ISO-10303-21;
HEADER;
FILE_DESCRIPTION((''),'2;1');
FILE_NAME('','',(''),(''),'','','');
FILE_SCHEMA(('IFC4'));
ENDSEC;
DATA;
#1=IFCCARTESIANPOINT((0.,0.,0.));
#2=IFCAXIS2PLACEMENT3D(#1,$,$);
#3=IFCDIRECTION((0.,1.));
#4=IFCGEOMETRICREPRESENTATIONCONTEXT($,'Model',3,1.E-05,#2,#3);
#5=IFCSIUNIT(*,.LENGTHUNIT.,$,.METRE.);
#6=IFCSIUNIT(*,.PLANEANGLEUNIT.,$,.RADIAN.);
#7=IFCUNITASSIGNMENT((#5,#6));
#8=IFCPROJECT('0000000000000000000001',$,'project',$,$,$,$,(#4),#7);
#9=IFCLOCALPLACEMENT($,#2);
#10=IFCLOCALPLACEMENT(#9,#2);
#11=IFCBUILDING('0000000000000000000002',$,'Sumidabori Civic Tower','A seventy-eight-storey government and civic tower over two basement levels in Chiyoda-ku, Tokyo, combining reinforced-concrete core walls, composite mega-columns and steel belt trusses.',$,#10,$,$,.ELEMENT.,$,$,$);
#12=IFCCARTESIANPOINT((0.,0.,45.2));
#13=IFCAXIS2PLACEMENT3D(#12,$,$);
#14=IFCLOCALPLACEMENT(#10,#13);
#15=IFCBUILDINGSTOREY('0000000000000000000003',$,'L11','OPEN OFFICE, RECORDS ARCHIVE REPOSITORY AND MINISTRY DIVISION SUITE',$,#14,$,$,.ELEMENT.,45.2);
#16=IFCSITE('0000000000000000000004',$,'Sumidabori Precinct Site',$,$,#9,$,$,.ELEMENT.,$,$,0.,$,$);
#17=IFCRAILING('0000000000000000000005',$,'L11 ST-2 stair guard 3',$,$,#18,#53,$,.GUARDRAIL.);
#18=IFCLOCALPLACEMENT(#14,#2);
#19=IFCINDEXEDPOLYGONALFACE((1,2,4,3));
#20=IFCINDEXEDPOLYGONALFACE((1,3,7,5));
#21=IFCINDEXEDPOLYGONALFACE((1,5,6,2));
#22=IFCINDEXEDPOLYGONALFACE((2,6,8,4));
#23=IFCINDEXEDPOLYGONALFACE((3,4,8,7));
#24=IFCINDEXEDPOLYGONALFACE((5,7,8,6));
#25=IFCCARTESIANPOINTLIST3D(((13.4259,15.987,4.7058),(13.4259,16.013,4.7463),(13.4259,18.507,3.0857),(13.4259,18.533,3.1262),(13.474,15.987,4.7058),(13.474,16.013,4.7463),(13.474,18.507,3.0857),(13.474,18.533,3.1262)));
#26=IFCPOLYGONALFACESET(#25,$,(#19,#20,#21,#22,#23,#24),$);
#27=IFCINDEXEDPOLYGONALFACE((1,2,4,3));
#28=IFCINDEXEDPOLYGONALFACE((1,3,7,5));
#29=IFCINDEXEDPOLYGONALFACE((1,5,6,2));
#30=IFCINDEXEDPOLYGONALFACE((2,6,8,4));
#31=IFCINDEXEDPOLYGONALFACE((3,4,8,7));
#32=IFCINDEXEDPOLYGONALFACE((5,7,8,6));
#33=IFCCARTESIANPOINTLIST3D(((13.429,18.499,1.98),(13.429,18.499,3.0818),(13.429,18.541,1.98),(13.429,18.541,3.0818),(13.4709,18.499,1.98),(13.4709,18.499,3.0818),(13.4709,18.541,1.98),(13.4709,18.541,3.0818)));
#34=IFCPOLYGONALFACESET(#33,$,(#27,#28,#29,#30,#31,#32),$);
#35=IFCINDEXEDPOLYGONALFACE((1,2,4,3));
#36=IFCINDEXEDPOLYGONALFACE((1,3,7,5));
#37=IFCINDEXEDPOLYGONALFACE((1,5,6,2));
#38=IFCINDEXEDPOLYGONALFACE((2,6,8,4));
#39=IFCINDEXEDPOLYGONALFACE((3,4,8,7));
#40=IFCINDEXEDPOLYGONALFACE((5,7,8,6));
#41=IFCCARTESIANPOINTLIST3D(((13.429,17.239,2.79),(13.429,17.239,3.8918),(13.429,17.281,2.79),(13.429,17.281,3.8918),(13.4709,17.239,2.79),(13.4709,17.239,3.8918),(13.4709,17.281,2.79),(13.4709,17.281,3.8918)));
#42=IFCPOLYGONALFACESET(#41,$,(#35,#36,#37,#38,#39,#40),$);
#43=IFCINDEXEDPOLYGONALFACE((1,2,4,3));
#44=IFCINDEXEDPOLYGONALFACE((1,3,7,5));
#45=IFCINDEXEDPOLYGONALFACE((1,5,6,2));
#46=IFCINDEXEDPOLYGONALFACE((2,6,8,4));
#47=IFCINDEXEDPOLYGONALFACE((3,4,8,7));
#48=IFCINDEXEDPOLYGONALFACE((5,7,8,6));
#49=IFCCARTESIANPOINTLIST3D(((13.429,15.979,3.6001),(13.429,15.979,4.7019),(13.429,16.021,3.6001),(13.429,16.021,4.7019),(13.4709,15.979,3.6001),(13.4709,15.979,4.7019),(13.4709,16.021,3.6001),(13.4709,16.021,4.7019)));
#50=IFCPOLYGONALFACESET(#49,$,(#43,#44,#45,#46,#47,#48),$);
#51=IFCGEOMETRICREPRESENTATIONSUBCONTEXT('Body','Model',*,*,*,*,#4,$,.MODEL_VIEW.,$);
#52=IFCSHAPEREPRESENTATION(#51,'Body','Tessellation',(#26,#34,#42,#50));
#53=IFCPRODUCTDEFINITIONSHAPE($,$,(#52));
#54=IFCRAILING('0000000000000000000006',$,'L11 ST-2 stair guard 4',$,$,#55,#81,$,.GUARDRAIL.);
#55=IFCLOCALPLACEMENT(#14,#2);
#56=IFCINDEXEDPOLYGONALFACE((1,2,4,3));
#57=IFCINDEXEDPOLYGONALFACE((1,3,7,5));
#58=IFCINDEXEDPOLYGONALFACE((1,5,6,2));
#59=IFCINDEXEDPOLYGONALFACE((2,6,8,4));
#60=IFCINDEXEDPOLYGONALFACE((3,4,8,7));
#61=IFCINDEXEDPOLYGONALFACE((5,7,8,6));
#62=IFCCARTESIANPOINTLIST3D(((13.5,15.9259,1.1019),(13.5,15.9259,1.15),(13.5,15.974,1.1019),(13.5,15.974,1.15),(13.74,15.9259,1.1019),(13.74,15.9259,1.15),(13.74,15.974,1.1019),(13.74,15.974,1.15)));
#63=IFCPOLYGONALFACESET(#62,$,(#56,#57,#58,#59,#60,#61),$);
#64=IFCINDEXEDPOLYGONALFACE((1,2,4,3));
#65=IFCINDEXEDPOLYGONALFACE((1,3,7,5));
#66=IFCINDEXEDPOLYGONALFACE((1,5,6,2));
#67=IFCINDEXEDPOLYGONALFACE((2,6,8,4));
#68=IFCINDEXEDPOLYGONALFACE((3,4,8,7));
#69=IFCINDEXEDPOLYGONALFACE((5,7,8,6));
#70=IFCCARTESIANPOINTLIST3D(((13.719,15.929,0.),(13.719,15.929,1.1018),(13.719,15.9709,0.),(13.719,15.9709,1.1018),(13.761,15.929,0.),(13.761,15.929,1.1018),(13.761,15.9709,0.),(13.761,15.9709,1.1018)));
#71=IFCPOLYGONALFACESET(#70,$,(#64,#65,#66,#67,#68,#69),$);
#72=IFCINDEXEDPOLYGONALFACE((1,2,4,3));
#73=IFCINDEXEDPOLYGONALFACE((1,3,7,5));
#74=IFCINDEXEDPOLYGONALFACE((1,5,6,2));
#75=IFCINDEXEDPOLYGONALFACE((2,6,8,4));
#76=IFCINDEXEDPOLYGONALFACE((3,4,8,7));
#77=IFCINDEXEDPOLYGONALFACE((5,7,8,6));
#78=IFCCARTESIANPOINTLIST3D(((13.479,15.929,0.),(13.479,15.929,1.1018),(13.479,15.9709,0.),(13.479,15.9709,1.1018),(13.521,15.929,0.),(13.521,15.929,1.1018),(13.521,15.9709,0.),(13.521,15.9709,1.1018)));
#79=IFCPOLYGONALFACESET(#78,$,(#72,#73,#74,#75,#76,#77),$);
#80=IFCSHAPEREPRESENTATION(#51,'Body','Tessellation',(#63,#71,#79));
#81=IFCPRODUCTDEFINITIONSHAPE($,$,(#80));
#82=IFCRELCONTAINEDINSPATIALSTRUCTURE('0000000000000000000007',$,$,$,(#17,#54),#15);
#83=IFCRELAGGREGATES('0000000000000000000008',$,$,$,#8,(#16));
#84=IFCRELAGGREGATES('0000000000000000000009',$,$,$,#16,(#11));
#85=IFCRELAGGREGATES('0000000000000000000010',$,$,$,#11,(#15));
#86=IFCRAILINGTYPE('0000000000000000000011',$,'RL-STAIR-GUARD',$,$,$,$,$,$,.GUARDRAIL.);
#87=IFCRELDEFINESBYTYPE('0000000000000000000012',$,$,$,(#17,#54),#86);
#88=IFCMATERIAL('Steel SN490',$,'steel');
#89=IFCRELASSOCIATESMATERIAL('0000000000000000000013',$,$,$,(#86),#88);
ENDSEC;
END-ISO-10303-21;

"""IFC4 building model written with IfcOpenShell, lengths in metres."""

from ifc_helpers import new_model, si_unit, direction, frame, origin, origin_2d, place, context, subcontext, project, spatial, rectangle, extrude, material, type_object, element, save


model = new_model("IFC4")

# Units and contexts
model_context = context("Model", 3, precision=1e-05, world=origin(), true_north=direction((0.0, 1.0)))
body_context = subcontext(model_context, "Body", "Model", "MODEL_VIEW")
ifc_project = project(units=[si_unit("LENGTHUNIT", "METRE"), si_unit("PLANEANGLEUNIT", "RADIAN")], contexts=[model_context])

# Site, building, storey
site_placement = place(None, origin())
site = spatial("IfcSite", under=ifc_project, at=site_placement, Name="Sumidabori Precinct Site", CompositionType="ELEMENT", RefElevation=0.0)
building_placement = place(site_placement, origin())
building = spatial("IfcBuilding", under=site, at=building_placement, Name="Sumidabori Civic Tower", Description="A seventy-eight-storey government and civic tower over two basement levels in Chiyoda-ku, Tokyo, combining reinforced-concrete core walls, composite mega-columns and steel belt trusses.", CompositionType="ELEMENT")
storey_placement = place(building_placement, frame((0.0, 0.0, 45.2)))
storey = spatial("IfcBuildingStorey", under=building, at=storey_placement, Name="L11", Description="OPEN OFFICE, RECORDS ARCHIVE REPOSITORY AND MINISTRY DIVISION SUITE", CompositionType="ELEMENT", Elevation=45.2)

# Shared definitions
ifc_material_1 = material(Name="Steel SN490", Category="steel")

# Railings
railing_type_1 = type_object("IfcRailingType", Name="RL-STAIR-GUARD", PredefinedType="GUARDRAIL", material=ifc_material_1)
railing_1_placement = place(storey_placement, frame((13.45, 18.52, 1.98)))
element("IfcRailing", 1, at=railing_1_placement, inside=storey, type_object=railing_type_1, Name="L11 ST-2 stair guard 3", PredefinedType="GUARDRAIL", context=body_context, shape_type="SweptSolid", body=[
    extrude(rectangle(XDim=0.0481, YDim=0.0481, at=origin_2d()), frame((0.0, 0.0, 1.126), z_axis=(0.0, -0.841163, 0.540782), x_axis=(1.0, 0.0, 0.0)), (0.0, 0.0, 1.0), 2.9958),
    extrude(rectangle(XDim=0.042, YDim=0.042, at=origin_2d()), origin(), (0.0, 0.0, 1.0), 1.1018),
    extrude(rectangle(XDim=0.042, YDim=0.042, at=origin_2d()), frame((0.0, -1.26, 0.8101)), (0.0, 0.0, 1.0), 1.1018),
    extrude(rectangle(XDim=0.042, YDim=0.042, at=origin_2d()), frame((0.0, -2.52, 1.6201)), (0.0, 0.0, 1.0), 1.1018),
])
railing_2_placement = place(storey_placement, frame((13.74, 15.95, 0.0)))
element("IfcRailing", 2, at=railing_2_placement, inside=storey, type_object=railing_type_1, Name="L11 ST-2 stair guard 4", PredefinedType="GUARDRAIL", context=body_context, shape_type="SweptSolid", body=[
    extrude(rectangle(XDim=0.0481, YDim=0.0481, at=origin_2d()), frame((0.0, 0.0, 1.126), z_axis=(-1.0, 0.0, 0.0), x_axis=(0.0, -1.0, 0.0)), (0.0, 0.0, 1.0), 0.24),
    extrude(rectangle(XDim=0.042, YDim=0.042, at=origin_2d()), origin(), (0.0, 0.0, 1.0), 1.1018),
    extrude(rectangle(XDim=0.042, YDim=0.042, at=origin_2d()), frame((-0.24, 0.0, 0.0)), (0.0, 0.0, 1.0), 1.1018),
])

save(model, "model.ifc")
